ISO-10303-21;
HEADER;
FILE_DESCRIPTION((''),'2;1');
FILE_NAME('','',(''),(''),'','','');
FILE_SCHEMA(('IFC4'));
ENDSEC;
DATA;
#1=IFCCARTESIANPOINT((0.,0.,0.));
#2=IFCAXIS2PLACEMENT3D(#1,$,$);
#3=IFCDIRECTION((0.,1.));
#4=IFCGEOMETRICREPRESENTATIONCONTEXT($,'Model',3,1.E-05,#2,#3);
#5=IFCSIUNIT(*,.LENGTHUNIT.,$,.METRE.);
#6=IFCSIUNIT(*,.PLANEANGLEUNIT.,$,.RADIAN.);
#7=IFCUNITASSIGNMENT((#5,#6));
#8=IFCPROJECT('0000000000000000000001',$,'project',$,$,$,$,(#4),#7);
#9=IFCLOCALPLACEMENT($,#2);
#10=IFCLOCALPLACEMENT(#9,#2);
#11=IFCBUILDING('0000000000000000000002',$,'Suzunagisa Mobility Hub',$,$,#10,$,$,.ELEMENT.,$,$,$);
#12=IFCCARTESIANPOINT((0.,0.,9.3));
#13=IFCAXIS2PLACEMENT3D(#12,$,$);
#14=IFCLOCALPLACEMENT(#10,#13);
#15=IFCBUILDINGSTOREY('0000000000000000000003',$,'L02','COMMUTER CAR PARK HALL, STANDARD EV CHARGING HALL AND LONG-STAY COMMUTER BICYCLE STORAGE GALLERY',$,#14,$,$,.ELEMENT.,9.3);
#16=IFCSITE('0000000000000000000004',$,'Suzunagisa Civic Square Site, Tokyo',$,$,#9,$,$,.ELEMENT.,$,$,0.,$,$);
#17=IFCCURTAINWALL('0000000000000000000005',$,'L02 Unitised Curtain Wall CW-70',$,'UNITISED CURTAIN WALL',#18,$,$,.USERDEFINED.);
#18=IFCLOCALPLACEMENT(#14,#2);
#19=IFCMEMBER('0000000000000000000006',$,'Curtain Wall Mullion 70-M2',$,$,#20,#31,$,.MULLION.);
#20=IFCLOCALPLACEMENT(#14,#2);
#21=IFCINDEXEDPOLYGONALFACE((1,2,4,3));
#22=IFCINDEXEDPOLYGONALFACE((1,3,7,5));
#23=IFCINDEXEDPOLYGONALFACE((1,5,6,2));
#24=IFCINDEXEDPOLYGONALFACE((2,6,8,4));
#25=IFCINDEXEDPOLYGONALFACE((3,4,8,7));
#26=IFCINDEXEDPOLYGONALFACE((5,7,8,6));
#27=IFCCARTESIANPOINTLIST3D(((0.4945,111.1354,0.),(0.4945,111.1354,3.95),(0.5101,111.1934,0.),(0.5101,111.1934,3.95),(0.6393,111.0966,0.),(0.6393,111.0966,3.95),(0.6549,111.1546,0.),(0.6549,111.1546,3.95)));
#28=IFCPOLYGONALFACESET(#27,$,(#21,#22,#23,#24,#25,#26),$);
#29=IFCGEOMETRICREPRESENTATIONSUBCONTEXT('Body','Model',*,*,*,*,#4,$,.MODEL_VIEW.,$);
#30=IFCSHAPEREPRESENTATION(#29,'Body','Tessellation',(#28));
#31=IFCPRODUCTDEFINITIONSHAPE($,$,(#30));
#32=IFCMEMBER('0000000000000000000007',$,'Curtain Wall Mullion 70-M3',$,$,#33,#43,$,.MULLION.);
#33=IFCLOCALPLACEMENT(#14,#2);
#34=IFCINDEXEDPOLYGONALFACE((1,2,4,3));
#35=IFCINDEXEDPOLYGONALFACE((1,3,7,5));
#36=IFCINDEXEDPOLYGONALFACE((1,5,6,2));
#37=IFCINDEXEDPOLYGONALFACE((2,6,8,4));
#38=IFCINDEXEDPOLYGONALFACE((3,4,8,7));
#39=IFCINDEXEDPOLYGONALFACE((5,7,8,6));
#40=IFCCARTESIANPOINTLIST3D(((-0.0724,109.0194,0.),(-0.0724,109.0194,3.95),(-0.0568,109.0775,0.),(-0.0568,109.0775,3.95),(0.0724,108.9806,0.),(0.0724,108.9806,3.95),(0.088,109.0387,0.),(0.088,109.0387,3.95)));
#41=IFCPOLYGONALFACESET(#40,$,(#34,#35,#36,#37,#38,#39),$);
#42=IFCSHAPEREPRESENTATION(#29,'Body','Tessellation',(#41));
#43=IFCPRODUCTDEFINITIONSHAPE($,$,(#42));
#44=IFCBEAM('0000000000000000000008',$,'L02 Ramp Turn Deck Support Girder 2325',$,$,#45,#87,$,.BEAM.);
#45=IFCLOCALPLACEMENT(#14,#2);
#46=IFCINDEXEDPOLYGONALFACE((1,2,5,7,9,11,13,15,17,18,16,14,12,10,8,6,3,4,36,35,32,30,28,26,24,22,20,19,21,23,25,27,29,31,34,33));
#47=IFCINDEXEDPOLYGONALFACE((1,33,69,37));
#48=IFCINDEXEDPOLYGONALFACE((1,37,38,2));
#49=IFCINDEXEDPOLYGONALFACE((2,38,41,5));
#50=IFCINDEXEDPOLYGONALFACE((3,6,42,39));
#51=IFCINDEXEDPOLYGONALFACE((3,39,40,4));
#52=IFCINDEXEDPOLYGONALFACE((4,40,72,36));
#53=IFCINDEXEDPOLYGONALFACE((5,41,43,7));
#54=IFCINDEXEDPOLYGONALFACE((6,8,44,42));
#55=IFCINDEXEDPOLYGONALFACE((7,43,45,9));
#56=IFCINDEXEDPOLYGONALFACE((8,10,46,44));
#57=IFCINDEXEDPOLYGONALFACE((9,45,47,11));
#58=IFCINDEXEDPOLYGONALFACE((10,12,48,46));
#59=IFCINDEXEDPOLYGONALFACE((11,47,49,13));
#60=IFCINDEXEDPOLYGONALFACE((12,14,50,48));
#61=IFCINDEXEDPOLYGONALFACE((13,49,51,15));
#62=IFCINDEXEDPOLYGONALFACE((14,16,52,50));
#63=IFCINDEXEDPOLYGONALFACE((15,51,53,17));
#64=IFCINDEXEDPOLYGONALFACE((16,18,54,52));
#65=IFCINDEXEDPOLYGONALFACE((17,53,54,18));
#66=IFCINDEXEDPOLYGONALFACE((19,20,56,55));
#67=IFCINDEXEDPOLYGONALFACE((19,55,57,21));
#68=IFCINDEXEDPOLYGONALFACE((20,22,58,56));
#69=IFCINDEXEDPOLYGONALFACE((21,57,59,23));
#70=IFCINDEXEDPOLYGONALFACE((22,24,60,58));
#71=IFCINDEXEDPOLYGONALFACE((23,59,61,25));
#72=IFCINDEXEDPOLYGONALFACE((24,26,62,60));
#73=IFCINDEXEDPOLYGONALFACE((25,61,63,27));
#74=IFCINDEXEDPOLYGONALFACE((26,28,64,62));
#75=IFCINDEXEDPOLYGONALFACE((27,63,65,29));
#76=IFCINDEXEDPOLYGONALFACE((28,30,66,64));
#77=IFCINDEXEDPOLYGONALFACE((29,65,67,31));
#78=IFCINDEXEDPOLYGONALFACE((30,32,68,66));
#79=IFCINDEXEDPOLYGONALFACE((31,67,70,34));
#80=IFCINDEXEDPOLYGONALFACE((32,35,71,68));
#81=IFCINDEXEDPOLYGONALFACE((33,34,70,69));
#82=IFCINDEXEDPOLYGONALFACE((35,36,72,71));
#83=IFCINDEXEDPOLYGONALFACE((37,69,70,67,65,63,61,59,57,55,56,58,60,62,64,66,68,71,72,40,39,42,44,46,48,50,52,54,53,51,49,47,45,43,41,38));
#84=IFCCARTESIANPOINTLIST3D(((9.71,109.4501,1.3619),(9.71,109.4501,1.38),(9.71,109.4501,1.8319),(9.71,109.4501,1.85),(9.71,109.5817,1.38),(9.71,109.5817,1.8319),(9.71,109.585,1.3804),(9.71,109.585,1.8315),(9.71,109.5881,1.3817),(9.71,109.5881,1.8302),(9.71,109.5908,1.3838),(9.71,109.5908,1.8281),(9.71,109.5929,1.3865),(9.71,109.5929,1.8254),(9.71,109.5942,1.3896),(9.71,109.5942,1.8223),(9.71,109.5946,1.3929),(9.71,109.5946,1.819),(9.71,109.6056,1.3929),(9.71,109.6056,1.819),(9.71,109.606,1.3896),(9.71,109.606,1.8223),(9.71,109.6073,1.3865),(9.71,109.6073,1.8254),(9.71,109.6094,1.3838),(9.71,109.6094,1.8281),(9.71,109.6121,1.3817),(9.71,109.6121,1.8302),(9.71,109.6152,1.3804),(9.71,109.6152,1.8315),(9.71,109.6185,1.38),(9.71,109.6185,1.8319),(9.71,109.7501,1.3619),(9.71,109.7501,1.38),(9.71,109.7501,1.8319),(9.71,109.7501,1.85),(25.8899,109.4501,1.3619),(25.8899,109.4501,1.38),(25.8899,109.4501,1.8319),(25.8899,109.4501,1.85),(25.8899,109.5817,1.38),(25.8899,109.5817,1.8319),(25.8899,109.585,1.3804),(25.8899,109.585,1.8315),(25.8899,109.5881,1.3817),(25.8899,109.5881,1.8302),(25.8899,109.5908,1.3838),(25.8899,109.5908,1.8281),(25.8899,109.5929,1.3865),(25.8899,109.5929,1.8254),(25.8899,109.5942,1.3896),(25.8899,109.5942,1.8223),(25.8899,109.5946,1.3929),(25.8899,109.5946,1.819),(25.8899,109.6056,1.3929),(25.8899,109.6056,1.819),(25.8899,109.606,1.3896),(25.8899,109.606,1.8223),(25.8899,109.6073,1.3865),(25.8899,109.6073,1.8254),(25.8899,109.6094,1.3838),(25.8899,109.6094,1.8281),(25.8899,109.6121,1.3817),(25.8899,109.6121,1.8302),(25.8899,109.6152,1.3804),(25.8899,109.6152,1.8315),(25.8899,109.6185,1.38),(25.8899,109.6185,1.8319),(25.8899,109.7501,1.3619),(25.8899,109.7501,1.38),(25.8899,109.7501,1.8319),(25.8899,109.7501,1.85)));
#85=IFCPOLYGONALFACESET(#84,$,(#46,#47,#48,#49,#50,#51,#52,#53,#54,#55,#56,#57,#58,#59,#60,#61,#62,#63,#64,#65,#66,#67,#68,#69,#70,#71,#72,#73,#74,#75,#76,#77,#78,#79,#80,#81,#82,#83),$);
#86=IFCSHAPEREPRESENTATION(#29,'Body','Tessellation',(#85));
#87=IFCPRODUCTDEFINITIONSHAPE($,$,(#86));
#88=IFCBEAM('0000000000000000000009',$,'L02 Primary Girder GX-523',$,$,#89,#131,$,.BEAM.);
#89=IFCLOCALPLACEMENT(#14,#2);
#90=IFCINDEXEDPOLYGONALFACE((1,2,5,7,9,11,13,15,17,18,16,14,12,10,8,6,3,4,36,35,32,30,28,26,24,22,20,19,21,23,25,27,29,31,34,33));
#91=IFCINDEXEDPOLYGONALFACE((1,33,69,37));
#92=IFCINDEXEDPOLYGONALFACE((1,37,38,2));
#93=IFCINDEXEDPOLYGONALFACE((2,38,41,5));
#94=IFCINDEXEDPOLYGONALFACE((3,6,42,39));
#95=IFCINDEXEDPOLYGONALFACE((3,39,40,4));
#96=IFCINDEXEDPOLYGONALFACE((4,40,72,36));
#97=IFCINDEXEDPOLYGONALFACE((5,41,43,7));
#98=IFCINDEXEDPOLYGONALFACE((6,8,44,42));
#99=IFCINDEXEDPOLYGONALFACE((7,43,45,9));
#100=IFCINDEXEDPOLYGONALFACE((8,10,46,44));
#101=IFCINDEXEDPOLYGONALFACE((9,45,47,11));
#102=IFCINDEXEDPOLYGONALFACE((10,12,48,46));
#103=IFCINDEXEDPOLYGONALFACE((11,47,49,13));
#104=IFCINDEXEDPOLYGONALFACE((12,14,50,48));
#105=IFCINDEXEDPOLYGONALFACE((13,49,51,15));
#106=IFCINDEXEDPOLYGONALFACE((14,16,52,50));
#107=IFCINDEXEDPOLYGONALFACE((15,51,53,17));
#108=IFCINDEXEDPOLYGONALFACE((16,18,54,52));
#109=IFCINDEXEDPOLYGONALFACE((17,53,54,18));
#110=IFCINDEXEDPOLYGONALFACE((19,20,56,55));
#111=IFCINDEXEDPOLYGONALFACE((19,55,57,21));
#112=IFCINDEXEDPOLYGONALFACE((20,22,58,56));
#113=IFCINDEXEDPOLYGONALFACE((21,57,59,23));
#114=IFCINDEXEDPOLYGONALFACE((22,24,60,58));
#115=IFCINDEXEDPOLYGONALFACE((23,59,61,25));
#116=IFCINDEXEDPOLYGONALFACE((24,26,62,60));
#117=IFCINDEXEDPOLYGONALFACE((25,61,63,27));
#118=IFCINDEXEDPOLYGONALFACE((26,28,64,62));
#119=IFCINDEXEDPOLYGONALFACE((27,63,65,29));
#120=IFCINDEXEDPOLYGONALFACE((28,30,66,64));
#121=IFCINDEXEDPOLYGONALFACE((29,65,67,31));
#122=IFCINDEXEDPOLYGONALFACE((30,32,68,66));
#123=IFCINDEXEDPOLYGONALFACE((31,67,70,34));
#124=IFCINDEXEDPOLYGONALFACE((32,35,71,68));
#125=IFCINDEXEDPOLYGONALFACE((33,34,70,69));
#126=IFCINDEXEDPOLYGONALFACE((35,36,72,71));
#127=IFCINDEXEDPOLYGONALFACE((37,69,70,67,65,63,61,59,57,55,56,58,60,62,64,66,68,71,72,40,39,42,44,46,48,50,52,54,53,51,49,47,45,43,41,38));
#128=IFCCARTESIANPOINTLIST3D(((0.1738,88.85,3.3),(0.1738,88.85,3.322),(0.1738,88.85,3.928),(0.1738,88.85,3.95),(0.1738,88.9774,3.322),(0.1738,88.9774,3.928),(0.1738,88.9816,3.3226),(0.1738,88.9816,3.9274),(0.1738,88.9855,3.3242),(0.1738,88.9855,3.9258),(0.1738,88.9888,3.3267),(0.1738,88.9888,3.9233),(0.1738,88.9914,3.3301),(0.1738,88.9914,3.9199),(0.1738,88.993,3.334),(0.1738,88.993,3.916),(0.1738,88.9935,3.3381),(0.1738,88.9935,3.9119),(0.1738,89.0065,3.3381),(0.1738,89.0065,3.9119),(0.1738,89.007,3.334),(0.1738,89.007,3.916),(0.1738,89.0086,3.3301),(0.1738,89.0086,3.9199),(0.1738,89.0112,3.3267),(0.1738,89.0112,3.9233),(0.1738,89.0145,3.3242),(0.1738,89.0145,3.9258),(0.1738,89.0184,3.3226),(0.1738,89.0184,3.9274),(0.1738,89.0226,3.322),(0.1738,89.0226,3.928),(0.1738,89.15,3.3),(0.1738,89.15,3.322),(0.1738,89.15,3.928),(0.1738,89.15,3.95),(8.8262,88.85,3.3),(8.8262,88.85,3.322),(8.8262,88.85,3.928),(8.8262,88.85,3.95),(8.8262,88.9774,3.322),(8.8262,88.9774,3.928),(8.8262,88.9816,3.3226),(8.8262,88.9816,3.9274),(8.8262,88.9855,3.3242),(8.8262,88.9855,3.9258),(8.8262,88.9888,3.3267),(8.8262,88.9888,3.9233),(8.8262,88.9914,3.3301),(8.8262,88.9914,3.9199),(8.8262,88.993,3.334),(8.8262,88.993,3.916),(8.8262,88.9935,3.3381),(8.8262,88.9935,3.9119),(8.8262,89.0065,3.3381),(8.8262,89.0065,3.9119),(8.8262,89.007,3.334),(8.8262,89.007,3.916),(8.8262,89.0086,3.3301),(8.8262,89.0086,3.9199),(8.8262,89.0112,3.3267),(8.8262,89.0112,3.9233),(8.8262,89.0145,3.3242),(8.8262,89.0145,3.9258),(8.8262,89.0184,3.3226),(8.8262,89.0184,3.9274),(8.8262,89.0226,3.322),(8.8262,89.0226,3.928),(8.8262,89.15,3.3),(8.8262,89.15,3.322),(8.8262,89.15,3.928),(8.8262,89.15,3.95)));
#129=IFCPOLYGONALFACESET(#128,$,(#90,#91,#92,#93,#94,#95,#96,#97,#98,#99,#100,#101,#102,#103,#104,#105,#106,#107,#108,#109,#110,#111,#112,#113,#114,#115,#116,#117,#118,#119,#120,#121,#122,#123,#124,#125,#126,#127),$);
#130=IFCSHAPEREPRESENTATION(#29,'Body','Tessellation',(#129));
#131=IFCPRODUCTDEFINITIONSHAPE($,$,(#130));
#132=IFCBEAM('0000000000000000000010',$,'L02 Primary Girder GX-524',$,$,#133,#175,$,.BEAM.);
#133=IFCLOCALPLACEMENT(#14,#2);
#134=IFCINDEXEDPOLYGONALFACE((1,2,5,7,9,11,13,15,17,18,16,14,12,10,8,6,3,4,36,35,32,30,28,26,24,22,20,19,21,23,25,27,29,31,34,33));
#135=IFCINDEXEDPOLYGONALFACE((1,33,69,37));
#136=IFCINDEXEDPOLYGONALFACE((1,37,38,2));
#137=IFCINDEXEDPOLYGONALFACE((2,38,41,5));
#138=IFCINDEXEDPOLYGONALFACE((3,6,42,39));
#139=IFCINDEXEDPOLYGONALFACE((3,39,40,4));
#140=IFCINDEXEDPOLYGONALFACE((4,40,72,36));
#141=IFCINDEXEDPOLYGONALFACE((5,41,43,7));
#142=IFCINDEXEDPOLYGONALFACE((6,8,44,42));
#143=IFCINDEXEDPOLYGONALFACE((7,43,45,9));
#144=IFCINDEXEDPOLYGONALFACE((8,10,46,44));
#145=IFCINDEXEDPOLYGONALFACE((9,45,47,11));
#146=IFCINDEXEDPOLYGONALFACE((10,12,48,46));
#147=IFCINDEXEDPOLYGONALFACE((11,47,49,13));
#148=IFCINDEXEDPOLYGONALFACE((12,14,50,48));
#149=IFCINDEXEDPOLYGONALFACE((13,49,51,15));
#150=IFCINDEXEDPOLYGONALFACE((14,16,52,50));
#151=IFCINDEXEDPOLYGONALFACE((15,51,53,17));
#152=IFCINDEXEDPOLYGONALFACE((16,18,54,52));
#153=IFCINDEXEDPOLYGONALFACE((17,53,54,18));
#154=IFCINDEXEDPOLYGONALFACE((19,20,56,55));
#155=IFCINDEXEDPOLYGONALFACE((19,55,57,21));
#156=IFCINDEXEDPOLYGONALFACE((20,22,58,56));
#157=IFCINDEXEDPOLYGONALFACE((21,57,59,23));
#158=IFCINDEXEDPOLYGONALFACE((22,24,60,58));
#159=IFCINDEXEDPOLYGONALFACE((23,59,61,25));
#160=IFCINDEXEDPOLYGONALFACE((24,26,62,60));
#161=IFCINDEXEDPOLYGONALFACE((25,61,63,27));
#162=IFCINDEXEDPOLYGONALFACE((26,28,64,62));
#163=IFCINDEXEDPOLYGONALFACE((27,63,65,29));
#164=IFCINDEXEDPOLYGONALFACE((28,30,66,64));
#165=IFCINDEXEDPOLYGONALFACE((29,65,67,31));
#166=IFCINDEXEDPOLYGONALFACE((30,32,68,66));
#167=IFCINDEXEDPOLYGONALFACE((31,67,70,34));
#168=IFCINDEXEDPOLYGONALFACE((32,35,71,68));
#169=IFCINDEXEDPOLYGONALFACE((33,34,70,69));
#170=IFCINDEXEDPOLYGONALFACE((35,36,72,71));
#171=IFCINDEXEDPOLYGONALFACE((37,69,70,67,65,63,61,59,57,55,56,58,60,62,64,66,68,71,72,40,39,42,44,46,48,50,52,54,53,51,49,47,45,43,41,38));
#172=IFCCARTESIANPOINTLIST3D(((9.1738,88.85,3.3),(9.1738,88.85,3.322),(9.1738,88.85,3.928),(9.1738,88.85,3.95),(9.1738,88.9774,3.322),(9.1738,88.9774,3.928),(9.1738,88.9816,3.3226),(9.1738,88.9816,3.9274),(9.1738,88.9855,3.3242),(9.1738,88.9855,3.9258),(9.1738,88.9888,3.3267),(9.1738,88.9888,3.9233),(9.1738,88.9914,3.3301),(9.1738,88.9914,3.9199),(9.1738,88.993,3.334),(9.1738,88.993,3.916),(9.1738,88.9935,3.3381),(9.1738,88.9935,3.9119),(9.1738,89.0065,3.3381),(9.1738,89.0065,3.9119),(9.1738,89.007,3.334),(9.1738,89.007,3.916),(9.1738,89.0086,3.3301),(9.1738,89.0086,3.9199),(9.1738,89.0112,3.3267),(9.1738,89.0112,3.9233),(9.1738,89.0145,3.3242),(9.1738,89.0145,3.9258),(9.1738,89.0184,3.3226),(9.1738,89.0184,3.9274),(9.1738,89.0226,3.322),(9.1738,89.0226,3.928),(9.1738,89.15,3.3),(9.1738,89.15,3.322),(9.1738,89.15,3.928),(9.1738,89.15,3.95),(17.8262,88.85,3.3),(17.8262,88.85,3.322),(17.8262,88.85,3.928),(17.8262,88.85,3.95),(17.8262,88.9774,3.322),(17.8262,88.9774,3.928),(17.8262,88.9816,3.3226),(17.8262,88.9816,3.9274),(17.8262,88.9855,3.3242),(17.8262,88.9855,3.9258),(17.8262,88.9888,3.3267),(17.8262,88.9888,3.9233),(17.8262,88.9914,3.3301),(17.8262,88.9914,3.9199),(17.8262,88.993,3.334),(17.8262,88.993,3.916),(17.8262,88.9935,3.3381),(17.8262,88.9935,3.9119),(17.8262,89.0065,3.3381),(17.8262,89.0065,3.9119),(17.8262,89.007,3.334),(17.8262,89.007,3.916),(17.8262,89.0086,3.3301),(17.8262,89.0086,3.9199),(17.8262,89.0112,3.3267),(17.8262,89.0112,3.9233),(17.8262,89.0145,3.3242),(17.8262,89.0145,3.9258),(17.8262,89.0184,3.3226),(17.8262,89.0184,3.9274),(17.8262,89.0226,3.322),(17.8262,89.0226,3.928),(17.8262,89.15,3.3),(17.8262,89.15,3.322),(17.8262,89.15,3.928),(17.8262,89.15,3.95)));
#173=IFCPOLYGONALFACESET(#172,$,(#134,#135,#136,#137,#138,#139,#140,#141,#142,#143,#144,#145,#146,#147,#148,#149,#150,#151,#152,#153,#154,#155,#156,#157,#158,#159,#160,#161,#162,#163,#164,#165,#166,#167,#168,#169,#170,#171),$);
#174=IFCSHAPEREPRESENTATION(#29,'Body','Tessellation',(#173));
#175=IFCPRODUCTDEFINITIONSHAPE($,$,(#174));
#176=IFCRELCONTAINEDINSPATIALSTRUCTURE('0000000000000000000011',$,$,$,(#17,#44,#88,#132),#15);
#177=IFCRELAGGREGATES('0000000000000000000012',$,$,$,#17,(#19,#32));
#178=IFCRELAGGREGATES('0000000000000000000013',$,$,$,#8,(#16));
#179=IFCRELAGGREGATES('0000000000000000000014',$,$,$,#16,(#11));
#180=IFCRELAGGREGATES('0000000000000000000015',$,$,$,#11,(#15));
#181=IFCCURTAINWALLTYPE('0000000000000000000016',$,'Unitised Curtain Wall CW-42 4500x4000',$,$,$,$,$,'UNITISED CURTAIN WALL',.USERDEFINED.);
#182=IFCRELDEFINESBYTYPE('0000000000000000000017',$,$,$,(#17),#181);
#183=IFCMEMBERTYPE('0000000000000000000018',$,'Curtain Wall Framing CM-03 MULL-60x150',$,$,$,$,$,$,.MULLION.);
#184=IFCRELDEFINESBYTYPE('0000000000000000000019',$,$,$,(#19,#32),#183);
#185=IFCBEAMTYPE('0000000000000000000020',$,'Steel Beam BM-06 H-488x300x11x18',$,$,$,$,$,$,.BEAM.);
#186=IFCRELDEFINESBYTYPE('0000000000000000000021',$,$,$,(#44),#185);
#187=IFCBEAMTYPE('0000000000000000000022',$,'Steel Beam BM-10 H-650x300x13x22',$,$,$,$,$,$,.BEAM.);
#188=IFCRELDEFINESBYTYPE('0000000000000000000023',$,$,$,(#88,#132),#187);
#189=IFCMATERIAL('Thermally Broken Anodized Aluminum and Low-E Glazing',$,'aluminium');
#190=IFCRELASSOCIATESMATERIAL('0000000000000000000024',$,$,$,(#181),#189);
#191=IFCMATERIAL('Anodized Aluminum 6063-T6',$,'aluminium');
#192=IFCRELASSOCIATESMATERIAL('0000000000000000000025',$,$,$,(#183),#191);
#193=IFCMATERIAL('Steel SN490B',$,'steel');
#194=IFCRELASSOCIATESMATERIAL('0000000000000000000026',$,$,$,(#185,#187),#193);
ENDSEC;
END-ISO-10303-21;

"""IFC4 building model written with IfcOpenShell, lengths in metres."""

from ifc_helpers import new_model, si_unit, direction, frame, origin, origin_2d, place, context, subcontext, project, spatial, rectangle, i_section, extrude, material, material_profile, profile_set, type_object, element, aggregate, save


model = new_model("IFC4")

# Units and contexts
model_context = context("Model", 3, precision=1e-05, world=origin(), true_north=direction((0.0, 1.0)))
body_context = subcontext(model_context, "Body", "Model", "MODEL_VIEW")
ifc_project = project(units=[si_unit("LENGTHUNIT", "METRE"), si_unit("PLANEANGLEUNIT", "RADIAN")], contexts=[model_context])

# Site, building, storey
site_placement = place(None, origin())
site = spatial("IfcSite", under=ifc_project, at=site_placement, Name="Suzunagisa Civic Square Site, Tokyo", CompositionType="ELEMENT", RefElevation=0.0)
building_placement = place(site_placement, origin())
building = spatial("IfcBuilding", under=site, at=building_placement, Name="Suzunagisa Mobility Hub", CompositionType="ELEMENT")
storey_placement = place(building_placement, frame((0.0, 0.0, 9.3)))
storey = spatial("IfcBuildingStorey", under=building, at=storey_placement, Name="L02", Description="COMMUTER CAR PARK HALL, STANDARD EV CHARGING HALL AND LONG-STAY COMMUTER BICYCLE STORAGE GALLERY", CompositionType="ELEMENT", Elevation=9.3)

# Shared definitions
ifc_material_1 = material(Name="Steel SN490B", Category="steel")

# Curtain wall, members
ifc_material_2 = material(Name="Thermally Broken Anodized Aluminum and Low-E Glazing", Category="aluminium")
curtain_wall_type = type_object("IfcCurtainWallType", Name="Unitised Curtain Wall CW-42 4500x4000", ElementType="UNITISED CURTAIN WALL", PredefinedType="USERDEFINED", material=ifc_material_2)
curtain_wall_placement = place(storey_placement, origin())
curtain_wall = element("IfcCurtainWall", 1, at=curtain_wall_placement, inside=storey, type_object=curtain_wall_type, Name="L02 Unitised Curtain Wall CW-70", ObjectType="UNITISED CURTAIN WALL", PredefinedType="USERDEFINED")
ifc_material_3 = material(Name="Anodized Aluminum 6063-T6", Category="aluminium")
ifc_material_profile_1 = material_profile(ifc_material_3, rectangle(XDim=0.0601, YDim=0.1499, at=origin_2d()), Name="MULL-60x150")
ifc_profile_set_1 = profile_set([ifc_material_profile_1], Name="Anodized Aluminum 6063-T6")
member_type_1 = type_object("IfcMemberType", Name="Curtain Wall Framing CM-03 MULL-60x150", PredefinedType="MULLION", material=ifc_profile_set_1)
member_1_placement = place(storey_placement, frame((0.5747, 111.145, 0.0), z_axis=(0.0, 0.0, 1.0), x_axis=(-0.258814, -0.965927, 0.0)))
member_1 = element("IfcMember", 2, at=member_1_placement, type_object=member_type_1, Name="Curtain Wall Mullion 70-M2", PredefinedType="MULLION", context=body_context, shape_type="SweptSolid", body=[
    extrude(rectangle(XDim=0.0601, YDim=0.1499, at=origin_2d()), origin(), (0.0, 0.0, 1.0), 3.95),
])
member_2_placement = place(storey_placement, frame((0.0078, 109.0291, 0.0), z_axis=(0.0, 0.0, 1.0), x_axis=(-0.258814, -0.965927, 0.0)))
member_2 = element("IfcMember", 3, at=member_2_placement, type_object=member_type_1, Name="Curtain Wall Mullion 70-M3", PredefinedType="MULLION", context=body_context, shape_type="SweptSolid", body=[
    extrude(rectangle(XDim=0.0601, YDim=0.1499, at=origin_2d()), origin(), (0.0, 0.0, 1.0), 3.95),
])

# Beams
ifc_material_profile_2 = material_profile(ifc_material_1, i_section(OverallWidth=0.3, OverallDepth=0.488, WebThickness=0.011, FlangeThickness=0.0181, FilletRadius=0.0129, at=origin_2d()), Name="H-488x300x11x18")
ifc_profile_set_2 = profile_set([ifc_material_profile_2], Name="Steel SN490B")
beam_type_1 = type_object("IfcBeamType", Name="Steel Beam BM-06 H-488x300x11x18", PredefinedType="BEAM", material=ifc_profile_set_2)
beam_1_placement = place(storey_placement, frame((9.71, 109.6001, 1.606), z_axis=(1.0, 0.0, 0.0), x_axis=(0.0, 1.0, 0.0)))
element("IfcBeam", 4, at=beam_1_placement, inside=storey, type_object=beam_type_1, Name="L02 Ramp Turn Deck Support Girder 2325", PredefinedType="BEAM", context=body_context, shape_type="SweptSolid", body=[
    extrude(i_section(OverallWidth=0.3, OverallDepth=0.488, WebThickness=0.011, FlangeThickness=0.0181, FilletRadius=0.0129, at=origin_2d()), origin(), (0.0, 0.0, 1.0), 16.1799),
])
ifc_material_profile_3 = material_profile(ifc_material_1, i_section(OverallWidth=0.3, OverallDepth=0.6499, WebThickness=0.0129, FlangeThickness=0.022, FilletRadius=0.0161, at=origin_2d()), Name="H-650x300x13x22")
ifc_profile_set_3 = profile_set([ifc_material_profile_3], Name="Steel SN490B")
beam_type_2 = type_object("IfcBeamType", Name="Steel Beam BM-10 H-650x300x13x22", PredefinedType="BEAM", material=ifc_profile_set_3)
for number, where, z_axis, x_axis, name in (
    (5, (0.1738, 89.0, 3.625), (1.0, 0.0, 0.0), (0.0, 1.0, 0.0), "L02 Primary Girder GX-523"),
    (6, (9.1738, 89.0, 3.625), (1.0, 0.0, 0.0), (0.0, 1.0, 0.0), "L02 Primary Girder GX-524"),
):
    element("IfcBeam", number, at=place(storey_placement, frame(where, z_axis=z_axis, x_axis=x_axis)), inside=storey, type_object=beam_type_2, Name=name, PredefinedType="BEAM", context=body_context, shape_type="SweptSolid", body=[
        extrude(i_section(OverallWidth=0.3, OverallDepth=0.6499, WebThickness=0.0129, FlangeThickness=0.022, FilletRadius=0.0161, at=origin_2d()), origin(), (0.0, 0.0, 1.0), 8.6523),
    ])

aggregate(curtain_wall, [member_1, member_2])

save(model, "model.ifc")
